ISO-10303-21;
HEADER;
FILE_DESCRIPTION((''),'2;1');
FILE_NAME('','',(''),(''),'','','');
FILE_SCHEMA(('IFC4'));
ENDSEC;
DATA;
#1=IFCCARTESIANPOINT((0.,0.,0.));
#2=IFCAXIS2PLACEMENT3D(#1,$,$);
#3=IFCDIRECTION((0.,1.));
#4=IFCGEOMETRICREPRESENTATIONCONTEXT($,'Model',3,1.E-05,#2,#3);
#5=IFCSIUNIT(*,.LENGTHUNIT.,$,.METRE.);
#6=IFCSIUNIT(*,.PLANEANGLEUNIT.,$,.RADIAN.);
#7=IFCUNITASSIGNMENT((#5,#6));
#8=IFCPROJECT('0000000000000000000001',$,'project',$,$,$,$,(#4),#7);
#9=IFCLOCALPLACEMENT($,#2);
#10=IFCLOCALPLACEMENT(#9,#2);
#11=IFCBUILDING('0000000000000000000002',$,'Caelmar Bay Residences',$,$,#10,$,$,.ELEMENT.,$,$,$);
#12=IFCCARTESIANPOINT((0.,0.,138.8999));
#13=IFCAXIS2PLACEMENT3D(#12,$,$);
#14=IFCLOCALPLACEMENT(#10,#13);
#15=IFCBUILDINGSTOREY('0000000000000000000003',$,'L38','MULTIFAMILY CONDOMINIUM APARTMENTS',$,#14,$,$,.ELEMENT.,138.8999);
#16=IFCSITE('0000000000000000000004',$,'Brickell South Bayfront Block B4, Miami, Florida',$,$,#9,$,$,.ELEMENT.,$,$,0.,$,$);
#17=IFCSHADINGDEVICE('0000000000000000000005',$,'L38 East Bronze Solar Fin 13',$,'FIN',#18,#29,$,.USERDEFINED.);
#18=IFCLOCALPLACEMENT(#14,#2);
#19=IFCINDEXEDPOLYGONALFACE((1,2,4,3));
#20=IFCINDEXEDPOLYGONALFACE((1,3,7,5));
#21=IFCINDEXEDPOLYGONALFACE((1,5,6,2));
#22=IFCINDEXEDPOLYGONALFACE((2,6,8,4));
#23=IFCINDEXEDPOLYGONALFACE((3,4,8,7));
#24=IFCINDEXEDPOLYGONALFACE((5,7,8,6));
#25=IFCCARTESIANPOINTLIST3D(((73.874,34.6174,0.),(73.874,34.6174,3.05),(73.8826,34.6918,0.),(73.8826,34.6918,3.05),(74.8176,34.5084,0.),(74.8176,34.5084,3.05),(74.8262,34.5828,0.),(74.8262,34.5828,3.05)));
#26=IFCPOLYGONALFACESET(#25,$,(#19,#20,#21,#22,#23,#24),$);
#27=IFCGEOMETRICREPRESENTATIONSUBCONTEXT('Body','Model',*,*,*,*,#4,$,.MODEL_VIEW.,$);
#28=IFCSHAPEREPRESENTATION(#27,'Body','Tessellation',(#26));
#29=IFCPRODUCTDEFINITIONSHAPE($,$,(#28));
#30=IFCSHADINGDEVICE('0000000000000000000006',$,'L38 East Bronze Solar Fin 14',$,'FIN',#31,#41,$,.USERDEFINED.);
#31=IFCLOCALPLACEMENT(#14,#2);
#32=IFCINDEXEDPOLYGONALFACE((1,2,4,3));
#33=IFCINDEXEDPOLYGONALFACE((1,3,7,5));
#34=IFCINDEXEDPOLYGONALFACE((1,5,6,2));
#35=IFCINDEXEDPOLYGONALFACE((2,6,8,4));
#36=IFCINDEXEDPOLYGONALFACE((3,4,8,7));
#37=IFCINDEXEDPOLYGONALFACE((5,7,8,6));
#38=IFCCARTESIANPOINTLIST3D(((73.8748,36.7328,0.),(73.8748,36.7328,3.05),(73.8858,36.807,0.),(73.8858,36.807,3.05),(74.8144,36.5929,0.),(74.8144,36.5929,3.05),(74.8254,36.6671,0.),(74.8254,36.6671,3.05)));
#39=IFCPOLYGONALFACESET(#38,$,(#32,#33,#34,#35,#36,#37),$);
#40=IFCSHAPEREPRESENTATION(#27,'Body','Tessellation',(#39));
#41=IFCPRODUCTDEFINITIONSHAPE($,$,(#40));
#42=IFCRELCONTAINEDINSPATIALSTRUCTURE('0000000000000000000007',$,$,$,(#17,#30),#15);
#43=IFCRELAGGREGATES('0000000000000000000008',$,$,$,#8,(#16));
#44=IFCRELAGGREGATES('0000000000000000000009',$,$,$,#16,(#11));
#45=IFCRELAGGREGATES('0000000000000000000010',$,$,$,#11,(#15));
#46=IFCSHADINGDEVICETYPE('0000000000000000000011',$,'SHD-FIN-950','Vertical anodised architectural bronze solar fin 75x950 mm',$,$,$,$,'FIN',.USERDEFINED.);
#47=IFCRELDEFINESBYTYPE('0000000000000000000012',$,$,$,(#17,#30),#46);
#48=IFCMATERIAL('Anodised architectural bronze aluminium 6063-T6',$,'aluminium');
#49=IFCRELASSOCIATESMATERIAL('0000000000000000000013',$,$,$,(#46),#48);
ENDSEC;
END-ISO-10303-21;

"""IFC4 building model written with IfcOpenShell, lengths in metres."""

from ifc_helpers import new_model, si_unit, direction, frame, origin, origin_2d, place, context, subcontext, project, spatial, rectangle, extrude, material, material_profile, profile_set, type_object, element, save


model = new_model("IFC4")

# Units and contexts
model_context = context("Model", 3, precision=1e-05, world=origin(), true_north=direction((0.0, 1.0)))
body_context = subcontext(model_context, "Body", "Model", "MODEL_VIEW")
ifc_project = project(units=[si_unit("LENGTHUNIT", "METRE"), si_unit("PLANEANGLEUNIT", "RADIAN")], contexts=[model_context])

# Site, building, storey
site_placement = place(None, origin())
site = spatial("IfcSite", under=ifc_project, at=site_placement, Name="Brickell South Bayfront Block B4, Miami, Florida", CompositionType="ELEMENT", RefElevation=0.0)
building_placement = place(site_placement, origin())
building = spatial("IfcBuilding", under=site, at=building_placement, Name="Caelmar Bay Residences", CompositionType="ELEMENT")
storey_placement = place(building_placement, frame((0.0, 0.0, 138.8999)))
storey = spatial("IfcBuildingStorey", under=building, at=storey_placement, Name="L38", Description="MULTIFAMILY CONDOMINIUM APARTMENTS", CompositionType="ELEMENT", Elevation=138.8999)

# Shading devices
ifc_material_1 = material(Name="Anodised architectural bronze aluminium 6063-T6", Category="aluminium")
ifc_material_profile_1 = material_profile(ifc_material_1, rectangle(XDim=0.075, YDim=0.95, at=origin_2d()), Name="BRONZE-FIN-75X950")
ifc_profile_set_1 = profile_set([ifc_material_profile_1], Name="Anodised architectural bronze aluminium 6063-T6")
shading_device_type = type_object("IfcShadingDeviceType", Name="SHD-FIN-950", Description="Vertical anodised architectural bronze solar fin 75x950 mm", ElementType="FIN", PredefinedType="USERDEFINED", material=ifc_profile_set_1)
for number, where, z_axis, x_axis, name in (
    (1, (74.3501, 34.6001, 0.0), (0.0, 0.0, 1.0), (0.114764, 0.993393, 0.0), "L38 East Bronze Solar Fin 13"),
    (2, (74.3501, 36.7, 0.0), (0.0, 0.0, 1.0), (0.147292, 0.989093, 0.0), "L38 East Bronze Solar Fin 14"),
):
    element("IfcShadingDevice", number, at=place(storey_placement, frame(where, z_axis=z_axis, x_axis=x_axis)), inside=storey, type_object=shading_device_type, Name=name, ObjectType="FIN", PredefinedType="USERDEFINED", context=body_context, shape_type="SweptSolid", body=[
        extrude(rectangle(XDim=0.075, YDim=0.95, at=origin_2d()), origin(), (0.0, 0.0, 1.0), 3.05),
    ])

save(model, "model.ifc")
